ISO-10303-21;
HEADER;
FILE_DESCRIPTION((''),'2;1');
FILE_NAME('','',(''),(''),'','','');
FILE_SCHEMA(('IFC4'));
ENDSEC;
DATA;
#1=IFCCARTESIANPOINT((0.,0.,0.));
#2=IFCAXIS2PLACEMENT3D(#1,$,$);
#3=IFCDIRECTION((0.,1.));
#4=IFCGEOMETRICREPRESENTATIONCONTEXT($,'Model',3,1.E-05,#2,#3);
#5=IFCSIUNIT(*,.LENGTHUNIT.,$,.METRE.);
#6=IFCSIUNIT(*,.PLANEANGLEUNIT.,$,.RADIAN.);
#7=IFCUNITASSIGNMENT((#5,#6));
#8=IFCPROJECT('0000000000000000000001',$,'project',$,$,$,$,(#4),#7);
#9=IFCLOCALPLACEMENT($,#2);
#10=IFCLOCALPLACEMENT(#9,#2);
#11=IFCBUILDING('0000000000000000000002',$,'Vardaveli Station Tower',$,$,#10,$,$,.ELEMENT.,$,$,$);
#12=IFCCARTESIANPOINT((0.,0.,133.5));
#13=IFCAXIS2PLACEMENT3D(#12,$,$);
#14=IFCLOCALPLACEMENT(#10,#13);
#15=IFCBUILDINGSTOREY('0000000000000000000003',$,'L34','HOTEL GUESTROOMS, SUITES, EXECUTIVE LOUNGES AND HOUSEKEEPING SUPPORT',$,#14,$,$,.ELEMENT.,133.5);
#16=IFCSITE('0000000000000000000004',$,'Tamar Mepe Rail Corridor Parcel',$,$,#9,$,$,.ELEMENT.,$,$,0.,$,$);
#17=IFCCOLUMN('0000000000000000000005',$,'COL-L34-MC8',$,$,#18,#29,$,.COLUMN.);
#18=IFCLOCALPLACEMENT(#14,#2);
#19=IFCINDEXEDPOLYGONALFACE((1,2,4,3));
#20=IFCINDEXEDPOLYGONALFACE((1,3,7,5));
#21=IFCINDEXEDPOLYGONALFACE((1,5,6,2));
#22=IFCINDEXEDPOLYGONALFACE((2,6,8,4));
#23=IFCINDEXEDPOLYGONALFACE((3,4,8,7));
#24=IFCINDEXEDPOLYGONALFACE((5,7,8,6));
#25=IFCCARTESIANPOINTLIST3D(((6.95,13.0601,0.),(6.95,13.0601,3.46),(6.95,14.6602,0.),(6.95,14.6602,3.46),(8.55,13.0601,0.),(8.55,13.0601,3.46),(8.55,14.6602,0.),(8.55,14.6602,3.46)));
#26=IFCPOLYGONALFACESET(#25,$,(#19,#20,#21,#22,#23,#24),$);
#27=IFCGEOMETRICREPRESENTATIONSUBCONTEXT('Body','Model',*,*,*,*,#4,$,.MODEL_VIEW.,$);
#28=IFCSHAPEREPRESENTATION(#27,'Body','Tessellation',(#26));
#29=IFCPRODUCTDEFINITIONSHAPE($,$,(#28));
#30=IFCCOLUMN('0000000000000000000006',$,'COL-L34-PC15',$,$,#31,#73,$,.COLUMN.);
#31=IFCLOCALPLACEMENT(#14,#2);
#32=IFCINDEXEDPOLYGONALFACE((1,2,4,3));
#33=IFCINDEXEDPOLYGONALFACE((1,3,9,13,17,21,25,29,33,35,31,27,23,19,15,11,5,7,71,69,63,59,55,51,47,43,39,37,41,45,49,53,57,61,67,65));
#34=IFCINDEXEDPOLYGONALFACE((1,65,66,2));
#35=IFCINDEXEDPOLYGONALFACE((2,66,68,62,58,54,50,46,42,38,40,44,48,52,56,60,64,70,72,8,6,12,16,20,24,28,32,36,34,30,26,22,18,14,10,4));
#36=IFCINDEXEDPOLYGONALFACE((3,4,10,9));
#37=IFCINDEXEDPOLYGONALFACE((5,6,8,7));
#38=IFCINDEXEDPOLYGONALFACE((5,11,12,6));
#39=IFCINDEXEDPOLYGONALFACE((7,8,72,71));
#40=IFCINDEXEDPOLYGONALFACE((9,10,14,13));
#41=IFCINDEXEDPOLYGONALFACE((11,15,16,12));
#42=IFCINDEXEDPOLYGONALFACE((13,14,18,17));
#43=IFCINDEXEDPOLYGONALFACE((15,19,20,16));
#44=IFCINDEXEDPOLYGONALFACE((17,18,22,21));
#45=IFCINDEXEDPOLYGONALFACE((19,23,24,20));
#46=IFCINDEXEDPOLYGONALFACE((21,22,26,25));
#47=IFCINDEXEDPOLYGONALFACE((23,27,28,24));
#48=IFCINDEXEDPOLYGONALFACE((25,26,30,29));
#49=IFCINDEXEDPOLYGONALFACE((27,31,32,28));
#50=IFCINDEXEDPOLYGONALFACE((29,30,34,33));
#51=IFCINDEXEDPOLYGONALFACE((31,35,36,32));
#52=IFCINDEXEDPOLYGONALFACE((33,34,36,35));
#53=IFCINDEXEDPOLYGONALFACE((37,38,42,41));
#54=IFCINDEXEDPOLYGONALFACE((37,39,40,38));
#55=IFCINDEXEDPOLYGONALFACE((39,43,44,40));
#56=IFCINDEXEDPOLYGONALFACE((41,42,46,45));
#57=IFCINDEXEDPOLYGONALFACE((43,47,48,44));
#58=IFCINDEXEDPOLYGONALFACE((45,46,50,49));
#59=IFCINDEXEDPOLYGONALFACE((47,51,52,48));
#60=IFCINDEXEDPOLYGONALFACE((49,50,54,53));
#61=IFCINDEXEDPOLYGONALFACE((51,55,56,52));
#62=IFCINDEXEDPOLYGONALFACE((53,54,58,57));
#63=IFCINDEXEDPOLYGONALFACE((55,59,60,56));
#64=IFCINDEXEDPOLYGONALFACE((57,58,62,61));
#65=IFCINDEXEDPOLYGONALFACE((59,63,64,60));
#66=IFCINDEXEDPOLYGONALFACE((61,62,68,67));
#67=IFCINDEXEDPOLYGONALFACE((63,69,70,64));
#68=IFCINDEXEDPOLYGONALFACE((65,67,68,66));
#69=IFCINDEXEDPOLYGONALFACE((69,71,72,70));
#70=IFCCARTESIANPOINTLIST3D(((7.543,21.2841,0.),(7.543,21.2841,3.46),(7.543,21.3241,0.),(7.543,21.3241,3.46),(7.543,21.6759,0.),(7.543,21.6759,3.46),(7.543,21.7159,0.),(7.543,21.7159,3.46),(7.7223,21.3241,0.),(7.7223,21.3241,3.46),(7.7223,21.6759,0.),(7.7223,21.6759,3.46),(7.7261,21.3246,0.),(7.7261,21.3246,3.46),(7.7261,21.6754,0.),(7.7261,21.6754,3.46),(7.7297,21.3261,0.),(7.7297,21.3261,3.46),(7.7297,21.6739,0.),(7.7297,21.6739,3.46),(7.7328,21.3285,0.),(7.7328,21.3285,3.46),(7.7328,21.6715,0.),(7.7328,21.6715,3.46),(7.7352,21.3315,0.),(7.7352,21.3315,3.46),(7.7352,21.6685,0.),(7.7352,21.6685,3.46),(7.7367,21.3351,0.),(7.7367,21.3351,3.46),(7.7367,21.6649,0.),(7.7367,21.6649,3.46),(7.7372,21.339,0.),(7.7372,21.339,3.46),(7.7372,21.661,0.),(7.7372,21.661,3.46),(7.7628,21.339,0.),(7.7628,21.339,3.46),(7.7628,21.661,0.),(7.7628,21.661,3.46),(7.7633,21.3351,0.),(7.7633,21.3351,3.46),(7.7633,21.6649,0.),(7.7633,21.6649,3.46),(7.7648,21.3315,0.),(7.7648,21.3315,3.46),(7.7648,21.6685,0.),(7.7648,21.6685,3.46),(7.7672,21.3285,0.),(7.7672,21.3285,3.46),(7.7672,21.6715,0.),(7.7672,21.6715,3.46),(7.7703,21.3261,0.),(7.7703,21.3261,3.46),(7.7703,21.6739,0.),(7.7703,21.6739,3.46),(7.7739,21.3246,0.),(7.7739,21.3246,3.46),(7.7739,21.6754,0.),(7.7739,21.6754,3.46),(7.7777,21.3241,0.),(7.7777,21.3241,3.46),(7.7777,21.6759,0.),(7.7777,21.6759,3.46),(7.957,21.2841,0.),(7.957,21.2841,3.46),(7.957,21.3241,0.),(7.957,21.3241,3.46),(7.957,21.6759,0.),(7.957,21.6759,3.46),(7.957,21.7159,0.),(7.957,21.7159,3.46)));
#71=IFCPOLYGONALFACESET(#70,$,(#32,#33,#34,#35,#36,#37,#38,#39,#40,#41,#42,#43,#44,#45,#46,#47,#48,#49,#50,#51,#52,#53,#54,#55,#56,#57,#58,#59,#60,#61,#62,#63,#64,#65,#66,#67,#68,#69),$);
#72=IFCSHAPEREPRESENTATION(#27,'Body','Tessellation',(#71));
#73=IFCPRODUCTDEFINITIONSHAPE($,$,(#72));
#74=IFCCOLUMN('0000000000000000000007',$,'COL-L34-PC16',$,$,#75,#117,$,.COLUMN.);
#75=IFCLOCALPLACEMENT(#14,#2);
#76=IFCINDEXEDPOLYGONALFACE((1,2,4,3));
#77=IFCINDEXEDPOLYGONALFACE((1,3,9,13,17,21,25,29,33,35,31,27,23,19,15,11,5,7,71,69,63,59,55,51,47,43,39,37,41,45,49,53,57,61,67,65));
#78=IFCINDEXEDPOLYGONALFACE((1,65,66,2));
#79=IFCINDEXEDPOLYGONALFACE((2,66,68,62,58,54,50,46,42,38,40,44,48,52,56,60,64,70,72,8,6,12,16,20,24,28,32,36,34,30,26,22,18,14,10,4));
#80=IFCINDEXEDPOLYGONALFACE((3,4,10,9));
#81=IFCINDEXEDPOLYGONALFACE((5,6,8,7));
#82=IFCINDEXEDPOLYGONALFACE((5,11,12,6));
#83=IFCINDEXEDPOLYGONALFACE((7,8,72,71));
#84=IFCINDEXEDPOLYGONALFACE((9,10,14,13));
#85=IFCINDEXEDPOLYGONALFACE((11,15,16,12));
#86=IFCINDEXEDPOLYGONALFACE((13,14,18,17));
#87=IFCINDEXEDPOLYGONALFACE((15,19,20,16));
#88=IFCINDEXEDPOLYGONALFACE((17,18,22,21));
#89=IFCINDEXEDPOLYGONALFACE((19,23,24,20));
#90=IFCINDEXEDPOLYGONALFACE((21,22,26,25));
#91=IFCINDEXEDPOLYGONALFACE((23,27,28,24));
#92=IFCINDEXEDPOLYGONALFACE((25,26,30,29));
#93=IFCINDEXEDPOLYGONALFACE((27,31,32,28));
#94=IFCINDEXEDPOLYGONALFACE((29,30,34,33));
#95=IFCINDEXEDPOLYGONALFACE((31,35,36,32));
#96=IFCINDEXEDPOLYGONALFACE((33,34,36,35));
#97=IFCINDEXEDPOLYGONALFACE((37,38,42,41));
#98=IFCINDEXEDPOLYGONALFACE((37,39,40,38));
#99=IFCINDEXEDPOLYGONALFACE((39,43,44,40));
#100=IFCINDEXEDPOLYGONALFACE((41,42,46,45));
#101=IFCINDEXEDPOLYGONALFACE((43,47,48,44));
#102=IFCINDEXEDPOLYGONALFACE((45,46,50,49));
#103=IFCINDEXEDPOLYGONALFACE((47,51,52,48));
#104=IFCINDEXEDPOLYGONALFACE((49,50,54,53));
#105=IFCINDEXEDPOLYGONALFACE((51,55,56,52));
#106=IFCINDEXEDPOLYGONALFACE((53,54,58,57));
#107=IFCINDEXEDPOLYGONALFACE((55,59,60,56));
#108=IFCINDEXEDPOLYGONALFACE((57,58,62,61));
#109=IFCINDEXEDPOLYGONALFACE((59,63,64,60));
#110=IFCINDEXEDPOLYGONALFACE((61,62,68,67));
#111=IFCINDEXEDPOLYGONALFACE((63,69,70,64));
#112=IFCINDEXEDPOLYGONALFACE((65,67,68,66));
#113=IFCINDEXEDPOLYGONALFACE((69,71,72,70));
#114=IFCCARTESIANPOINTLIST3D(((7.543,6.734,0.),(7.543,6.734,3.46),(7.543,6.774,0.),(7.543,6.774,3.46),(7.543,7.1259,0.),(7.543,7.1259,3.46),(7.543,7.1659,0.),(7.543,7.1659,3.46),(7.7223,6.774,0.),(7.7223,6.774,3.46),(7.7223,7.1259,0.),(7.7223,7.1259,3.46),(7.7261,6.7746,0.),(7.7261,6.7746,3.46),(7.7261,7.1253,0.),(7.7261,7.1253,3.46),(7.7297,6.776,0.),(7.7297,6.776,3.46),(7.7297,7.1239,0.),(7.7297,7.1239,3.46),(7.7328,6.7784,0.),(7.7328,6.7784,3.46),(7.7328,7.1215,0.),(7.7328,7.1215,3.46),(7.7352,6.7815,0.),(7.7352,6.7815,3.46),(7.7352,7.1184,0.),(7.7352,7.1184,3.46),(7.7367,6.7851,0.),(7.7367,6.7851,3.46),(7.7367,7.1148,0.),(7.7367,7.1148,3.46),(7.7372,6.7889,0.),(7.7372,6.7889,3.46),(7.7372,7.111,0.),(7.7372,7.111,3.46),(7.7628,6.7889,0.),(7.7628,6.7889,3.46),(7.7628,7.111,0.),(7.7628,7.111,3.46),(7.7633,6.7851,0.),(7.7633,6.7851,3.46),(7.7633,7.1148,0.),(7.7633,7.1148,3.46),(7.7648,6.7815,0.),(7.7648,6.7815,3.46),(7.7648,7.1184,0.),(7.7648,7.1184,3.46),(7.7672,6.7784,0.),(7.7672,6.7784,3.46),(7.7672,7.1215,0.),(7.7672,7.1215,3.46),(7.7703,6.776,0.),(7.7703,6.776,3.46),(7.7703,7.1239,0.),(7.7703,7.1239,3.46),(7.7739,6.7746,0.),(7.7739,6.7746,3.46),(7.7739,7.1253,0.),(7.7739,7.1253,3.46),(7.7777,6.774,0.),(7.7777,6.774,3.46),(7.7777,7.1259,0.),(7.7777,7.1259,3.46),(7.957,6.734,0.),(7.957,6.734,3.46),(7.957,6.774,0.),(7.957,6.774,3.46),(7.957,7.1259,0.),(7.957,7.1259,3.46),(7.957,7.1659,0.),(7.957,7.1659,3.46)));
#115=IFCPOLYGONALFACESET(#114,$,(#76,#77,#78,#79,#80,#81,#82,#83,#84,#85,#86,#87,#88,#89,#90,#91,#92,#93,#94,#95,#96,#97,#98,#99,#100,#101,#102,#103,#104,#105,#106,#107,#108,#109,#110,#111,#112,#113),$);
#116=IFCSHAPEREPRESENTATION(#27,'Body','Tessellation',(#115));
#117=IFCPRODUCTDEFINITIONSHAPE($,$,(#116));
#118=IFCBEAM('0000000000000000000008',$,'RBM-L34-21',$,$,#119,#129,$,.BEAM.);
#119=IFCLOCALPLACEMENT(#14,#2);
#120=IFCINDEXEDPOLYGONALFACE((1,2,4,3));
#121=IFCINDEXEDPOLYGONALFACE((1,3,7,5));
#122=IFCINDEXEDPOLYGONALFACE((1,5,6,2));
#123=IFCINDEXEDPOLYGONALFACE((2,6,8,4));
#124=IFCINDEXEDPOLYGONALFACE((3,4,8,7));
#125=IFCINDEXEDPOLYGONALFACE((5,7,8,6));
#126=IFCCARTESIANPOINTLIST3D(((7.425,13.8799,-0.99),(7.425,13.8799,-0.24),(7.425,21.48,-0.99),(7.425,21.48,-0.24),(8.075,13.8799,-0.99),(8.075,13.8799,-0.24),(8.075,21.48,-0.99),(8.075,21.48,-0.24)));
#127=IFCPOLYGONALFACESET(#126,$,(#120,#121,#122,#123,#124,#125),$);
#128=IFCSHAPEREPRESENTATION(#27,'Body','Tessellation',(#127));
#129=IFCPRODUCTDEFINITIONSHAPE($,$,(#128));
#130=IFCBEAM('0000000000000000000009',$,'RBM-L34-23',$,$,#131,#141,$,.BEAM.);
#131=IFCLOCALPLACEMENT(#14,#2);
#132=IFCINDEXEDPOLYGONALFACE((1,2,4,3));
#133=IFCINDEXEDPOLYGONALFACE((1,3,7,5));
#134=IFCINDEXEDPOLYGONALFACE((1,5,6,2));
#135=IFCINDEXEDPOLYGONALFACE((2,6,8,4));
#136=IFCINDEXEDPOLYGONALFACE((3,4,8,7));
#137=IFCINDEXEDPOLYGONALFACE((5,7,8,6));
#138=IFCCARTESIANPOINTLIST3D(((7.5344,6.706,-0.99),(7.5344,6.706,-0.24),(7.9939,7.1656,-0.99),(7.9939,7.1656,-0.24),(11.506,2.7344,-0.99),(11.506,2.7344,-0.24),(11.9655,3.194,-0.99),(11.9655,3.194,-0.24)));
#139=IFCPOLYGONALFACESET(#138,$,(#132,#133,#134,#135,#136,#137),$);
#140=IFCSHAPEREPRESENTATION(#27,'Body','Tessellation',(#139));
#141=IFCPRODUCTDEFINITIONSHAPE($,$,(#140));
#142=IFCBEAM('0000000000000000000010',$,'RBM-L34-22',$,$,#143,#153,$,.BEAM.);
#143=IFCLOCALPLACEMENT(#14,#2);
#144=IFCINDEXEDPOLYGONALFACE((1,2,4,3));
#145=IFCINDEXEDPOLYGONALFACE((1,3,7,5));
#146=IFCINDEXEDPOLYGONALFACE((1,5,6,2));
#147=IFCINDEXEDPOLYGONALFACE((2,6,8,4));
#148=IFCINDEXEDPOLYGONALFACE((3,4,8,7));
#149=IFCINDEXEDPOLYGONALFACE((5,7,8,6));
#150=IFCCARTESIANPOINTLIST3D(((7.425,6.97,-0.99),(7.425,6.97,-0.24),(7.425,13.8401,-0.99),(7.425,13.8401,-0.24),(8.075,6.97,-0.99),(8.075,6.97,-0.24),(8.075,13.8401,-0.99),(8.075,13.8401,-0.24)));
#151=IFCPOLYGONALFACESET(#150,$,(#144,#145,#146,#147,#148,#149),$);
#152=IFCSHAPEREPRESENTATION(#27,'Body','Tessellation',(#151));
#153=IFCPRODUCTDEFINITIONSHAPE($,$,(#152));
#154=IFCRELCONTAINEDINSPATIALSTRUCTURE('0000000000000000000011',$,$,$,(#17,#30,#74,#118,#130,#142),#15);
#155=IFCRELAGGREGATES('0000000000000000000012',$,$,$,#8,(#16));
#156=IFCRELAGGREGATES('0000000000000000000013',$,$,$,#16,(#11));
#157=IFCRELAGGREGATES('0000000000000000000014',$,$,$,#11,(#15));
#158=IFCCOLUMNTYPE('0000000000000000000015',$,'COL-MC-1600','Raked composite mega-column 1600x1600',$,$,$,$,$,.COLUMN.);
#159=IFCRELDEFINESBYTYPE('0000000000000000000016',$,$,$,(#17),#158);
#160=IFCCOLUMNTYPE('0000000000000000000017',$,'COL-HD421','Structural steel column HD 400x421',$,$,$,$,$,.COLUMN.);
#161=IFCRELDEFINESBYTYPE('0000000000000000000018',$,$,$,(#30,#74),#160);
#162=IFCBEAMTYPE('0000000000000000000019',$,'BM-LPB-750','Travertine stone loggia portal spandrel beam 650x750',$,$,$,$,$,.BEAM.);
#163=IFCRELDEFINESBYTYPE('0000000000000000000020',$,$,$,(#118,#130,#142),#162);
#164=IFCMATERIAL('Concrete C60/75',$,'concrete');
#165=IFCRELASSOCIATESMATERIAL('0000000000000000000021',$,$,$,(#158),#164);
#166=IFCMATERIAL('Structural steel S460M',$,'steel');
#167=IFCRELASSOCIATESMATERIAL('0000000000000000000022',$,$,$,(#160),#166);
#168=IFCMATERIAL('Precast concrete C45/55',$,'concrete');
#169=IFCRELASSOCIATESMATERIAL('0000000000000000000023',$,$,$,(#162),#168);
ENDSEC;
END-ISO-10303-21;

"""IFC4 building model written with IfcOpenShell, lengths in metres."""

from ifc_helpers import new_model, si_unit, direction, frame, origin, origin_2d, place, context, subcontext, project, spatial, rectangle, i_section, extrude, source, transform, mapped, material, material_profile, profile_set, type_object, element, save


model = new_model("IFC4")

# Units and contexts
model_context = context("Model", 3, precision=1e-05, world=origin(), true_north=direction((0.0, 1.0)))
body_context = subcontext(model_context, "Body", "Model", "MODEL_VIEW")
ifc_project = project(units=[si_unit("LENGTHUNIT", "METRE"), si_unit("PLANEANGLEUNIT", "RADIAN")], contexts=[model_context])

# Site, building, storey
site_placement = place(None, origin())
site = spatial("IfcSite", under=ifc_project, at=site_placement, Name="Tamar Mepe Rail Corridor Parcel", CompositionType="ELEMENT", RefElevation=0.0)
building_placement = place(site_placement, origin())
building = spatial("IfcBuilding", under=site, at=building_placement, Name="Vardaveli Station Tower", CompositionType="ELEMENT")
storey_placement = place(building_placement, frame((0.0, 0.0, 133.5)))
storey = spatial("IfcBuildingStorey", under=building, at=storey_placement, Name="L34", Description="HOTEL GUESTROOMS, SUITES, EXECUTIVE LOUNGES AND HOUSEKEEPING SUPPORT", CompositionType="ELEMENT", Elevation=133.5)

# Columns
ifc_material_1 = material(Name="Concrete C60/75", Category="concrete")
ifc_material_profile_1 = material_profile(ifc_material_1, rectangle(XDim=1.6001, YDim=1.6001, at=origin_2d()), Name="MC 1600x1600")
ifc_profile_set_1 = profile_set([ifc_material_profile_1], Name="Concrete C60/75")
column_type_1 = type_object("IfcColumnType", Name="COL-MC-1600", Description="Raked composite mega-column 1600x1600", PredefinedType="COLUMN", material=ifc_profile_set_1)
shared_shape_1 = source(origin(), body_context, "Body", "SweptSolid", [
    extrude(rectangle(XDim=1.6001, YDim=1.6001, at=origin_2d()), origin(), (0.0, 0.0, 1.0), 3.46),
])
column_placement = place(storey_placement, frame((7.75, 13.8601, 0.0), z_axis=(0.0, 0.0, 1.0), x_axis=(1.0, 0.0, 0.0)))
element("IfcColumn", 1, at=column_placement, inside=storey, type_object=column_type_1, Name="COL-L34-MC8", PredefinedType="COLUMN", context=body_context, shape_type="MappedRepresentation", body=[
    mapped(shared_shape_1, transform((0.0, 0.0, 0.0), scale=1.0)),
])
ifc_material_2 = material(Name="Structural steel S460M", Category="steel")
ifc_material_profile_2 = material_profile(ifc_material_2, i_section(OverallWidth=0.4141, OverallDepth=0.4319, WebThickness=0.0256, FlangeThickness=0.04, FilletRadius=0.0149, at=origin_2d()), Name="HD 400x421")
ifc_profile_set_2 = profile_set([ifc_material_profile_2], Name="Structural steel S460M")
column_type_2 = type_object("IfcColumnType", Name="COL-HD421", Description="Structural steel column HD 400x421", PredefinedType="COLUMN", material=ifc_profile_set_2)
shared_shape_2 = source(origin(), body_context, "Body", "SweptSolid", [
    extrude(i_section(OverallWidth=0.4141, OverallDepth=0.4319, WebThickness=0.0256, FlangeThickness=0.04, FilletRadius=0.0149, at=origin_2d()), origin(), (0.0, 0.0, 1.0), 3.46),
])
for number, where, z_axis, x_axis, name in (
    (2, (7.75, 21.5, 0.0), (0.0, 0.0, 1.0), (1.0, 0.0, 0.0), "COL-L34-PC15"),
    (3, (7.75, 6.95, 0.0), (0.0, 0.0, 1.0), (1.0, 0.0, 0.0), "COL-L34-PC16"),
):
    element("IfcColumn", number, at=place(storey_placement, frame(where, z_axis=z_axis, x_axis=x_axis)), inside=storey, type_object=column_type_2, Name=name, PredefinedType="COLUMN", context=body_context, shape_type="MappedRepresentation", body=[
        mapped(shared_shape_2, transform((0.0, 0.0, 0.0), scale=1.0)),
    ])

# Beams
ifc_material_3 = material(Name="Precast concrete C45/55", Category="concrete")
ifc_material_profile_3 = material_profile(ifc_material_3, rectangle(XDim=0.6499, YDim=0.75, at=origin_2d()), Name="LPB 650x750")
ifc_profile_set_3 = profile_set([ifc_material_profile_3], Name="Precast concrete C45/55")
beam_type_1 = type_object("IfcBeamType", Name="BM-LPB-750", Description="Travertine stone loggia portal spandrel beam 650x750", PredefinedType="BEAM", material=ifc_profile_set_3)
shared_shape_3 = source(origin(), body_context, "Body", "SweptSolid", [
    extrude(rectangle(XDim=0.6499, YDim=0.75, at=origin_2d()), origin(), (0.0, 0.0, 1.0), 7.6001),
])
beam_1_placement = place(storey_placement, frame((7.75, 21.48, -0.615), z_axis=(0.0, -1.0, 0.0), x_axis=(1.0, 0.0, 0.0)))
element("IfcBeam", 4, at=beam_1_placement, inside=storey, type_object=beam_type_1, Name="RBM-L34-21", PredefinedType="BEAM", context=body_context, shape_type="MappedRepresentation", body=[
    mapped(shared_shape_3, transform((0.0, 0.0, 0.0), scale=1.0)),
])
shared_shape_4 = source(origin(), body_context, "Body", "SweptSolid", [
    extrude(rectangle(XDim=0.6499, YDim=0.75, at=origin_2d()), origin(), (0.0, 0.0, 1.0), 5.6167),
])
beam_2_placement = place(storey_placement, frame((7.7642, 6.9358, -0.615), z_axis=(0.707107, -0.707107, 0.0), x_axis=(0.707107, 0.707107, 0.0)))
element("IfcBeam", 5, at=beam_2_placement, inside=storey, type_object=beam_type_1, Name="RBM-L34-23", PredefinedType="BEAM", context=body_context, shape_type="MappedRepresentation", body=[
    mapped(shared_shape_4, transform((0.0, 0.0, 0.0), scale=1.0)),
])
shared_shape_5 = source(origin(), body_context, "Body", "SweptSolid", [
    extrude(rectangle(XDim=0.6499, YDim=0.75, at=origin_2d()), origin(), (0.0, 0.0, 1.0), 6.8701),
])
beam_3_placement = place(storey_placement, frame((7.75, 13.8401, -0.615), z_axis=(0.0, -1.0, 0.0), x_axis=(1.0, 0.0, 0.0)))
element("IfcBeam", 6, at=beam_3_placement, inside=storey, type_object=beam_type_1, Name="RBM-L34-22", PredefinedType="BEAM", context=body_context, shape_type="MappedRepresentation", body=[
    mapped(shared_shape_5, transform((0.0, 0.0, 0.0), scale=1.0)),
])

save(model, "model.ifc")
